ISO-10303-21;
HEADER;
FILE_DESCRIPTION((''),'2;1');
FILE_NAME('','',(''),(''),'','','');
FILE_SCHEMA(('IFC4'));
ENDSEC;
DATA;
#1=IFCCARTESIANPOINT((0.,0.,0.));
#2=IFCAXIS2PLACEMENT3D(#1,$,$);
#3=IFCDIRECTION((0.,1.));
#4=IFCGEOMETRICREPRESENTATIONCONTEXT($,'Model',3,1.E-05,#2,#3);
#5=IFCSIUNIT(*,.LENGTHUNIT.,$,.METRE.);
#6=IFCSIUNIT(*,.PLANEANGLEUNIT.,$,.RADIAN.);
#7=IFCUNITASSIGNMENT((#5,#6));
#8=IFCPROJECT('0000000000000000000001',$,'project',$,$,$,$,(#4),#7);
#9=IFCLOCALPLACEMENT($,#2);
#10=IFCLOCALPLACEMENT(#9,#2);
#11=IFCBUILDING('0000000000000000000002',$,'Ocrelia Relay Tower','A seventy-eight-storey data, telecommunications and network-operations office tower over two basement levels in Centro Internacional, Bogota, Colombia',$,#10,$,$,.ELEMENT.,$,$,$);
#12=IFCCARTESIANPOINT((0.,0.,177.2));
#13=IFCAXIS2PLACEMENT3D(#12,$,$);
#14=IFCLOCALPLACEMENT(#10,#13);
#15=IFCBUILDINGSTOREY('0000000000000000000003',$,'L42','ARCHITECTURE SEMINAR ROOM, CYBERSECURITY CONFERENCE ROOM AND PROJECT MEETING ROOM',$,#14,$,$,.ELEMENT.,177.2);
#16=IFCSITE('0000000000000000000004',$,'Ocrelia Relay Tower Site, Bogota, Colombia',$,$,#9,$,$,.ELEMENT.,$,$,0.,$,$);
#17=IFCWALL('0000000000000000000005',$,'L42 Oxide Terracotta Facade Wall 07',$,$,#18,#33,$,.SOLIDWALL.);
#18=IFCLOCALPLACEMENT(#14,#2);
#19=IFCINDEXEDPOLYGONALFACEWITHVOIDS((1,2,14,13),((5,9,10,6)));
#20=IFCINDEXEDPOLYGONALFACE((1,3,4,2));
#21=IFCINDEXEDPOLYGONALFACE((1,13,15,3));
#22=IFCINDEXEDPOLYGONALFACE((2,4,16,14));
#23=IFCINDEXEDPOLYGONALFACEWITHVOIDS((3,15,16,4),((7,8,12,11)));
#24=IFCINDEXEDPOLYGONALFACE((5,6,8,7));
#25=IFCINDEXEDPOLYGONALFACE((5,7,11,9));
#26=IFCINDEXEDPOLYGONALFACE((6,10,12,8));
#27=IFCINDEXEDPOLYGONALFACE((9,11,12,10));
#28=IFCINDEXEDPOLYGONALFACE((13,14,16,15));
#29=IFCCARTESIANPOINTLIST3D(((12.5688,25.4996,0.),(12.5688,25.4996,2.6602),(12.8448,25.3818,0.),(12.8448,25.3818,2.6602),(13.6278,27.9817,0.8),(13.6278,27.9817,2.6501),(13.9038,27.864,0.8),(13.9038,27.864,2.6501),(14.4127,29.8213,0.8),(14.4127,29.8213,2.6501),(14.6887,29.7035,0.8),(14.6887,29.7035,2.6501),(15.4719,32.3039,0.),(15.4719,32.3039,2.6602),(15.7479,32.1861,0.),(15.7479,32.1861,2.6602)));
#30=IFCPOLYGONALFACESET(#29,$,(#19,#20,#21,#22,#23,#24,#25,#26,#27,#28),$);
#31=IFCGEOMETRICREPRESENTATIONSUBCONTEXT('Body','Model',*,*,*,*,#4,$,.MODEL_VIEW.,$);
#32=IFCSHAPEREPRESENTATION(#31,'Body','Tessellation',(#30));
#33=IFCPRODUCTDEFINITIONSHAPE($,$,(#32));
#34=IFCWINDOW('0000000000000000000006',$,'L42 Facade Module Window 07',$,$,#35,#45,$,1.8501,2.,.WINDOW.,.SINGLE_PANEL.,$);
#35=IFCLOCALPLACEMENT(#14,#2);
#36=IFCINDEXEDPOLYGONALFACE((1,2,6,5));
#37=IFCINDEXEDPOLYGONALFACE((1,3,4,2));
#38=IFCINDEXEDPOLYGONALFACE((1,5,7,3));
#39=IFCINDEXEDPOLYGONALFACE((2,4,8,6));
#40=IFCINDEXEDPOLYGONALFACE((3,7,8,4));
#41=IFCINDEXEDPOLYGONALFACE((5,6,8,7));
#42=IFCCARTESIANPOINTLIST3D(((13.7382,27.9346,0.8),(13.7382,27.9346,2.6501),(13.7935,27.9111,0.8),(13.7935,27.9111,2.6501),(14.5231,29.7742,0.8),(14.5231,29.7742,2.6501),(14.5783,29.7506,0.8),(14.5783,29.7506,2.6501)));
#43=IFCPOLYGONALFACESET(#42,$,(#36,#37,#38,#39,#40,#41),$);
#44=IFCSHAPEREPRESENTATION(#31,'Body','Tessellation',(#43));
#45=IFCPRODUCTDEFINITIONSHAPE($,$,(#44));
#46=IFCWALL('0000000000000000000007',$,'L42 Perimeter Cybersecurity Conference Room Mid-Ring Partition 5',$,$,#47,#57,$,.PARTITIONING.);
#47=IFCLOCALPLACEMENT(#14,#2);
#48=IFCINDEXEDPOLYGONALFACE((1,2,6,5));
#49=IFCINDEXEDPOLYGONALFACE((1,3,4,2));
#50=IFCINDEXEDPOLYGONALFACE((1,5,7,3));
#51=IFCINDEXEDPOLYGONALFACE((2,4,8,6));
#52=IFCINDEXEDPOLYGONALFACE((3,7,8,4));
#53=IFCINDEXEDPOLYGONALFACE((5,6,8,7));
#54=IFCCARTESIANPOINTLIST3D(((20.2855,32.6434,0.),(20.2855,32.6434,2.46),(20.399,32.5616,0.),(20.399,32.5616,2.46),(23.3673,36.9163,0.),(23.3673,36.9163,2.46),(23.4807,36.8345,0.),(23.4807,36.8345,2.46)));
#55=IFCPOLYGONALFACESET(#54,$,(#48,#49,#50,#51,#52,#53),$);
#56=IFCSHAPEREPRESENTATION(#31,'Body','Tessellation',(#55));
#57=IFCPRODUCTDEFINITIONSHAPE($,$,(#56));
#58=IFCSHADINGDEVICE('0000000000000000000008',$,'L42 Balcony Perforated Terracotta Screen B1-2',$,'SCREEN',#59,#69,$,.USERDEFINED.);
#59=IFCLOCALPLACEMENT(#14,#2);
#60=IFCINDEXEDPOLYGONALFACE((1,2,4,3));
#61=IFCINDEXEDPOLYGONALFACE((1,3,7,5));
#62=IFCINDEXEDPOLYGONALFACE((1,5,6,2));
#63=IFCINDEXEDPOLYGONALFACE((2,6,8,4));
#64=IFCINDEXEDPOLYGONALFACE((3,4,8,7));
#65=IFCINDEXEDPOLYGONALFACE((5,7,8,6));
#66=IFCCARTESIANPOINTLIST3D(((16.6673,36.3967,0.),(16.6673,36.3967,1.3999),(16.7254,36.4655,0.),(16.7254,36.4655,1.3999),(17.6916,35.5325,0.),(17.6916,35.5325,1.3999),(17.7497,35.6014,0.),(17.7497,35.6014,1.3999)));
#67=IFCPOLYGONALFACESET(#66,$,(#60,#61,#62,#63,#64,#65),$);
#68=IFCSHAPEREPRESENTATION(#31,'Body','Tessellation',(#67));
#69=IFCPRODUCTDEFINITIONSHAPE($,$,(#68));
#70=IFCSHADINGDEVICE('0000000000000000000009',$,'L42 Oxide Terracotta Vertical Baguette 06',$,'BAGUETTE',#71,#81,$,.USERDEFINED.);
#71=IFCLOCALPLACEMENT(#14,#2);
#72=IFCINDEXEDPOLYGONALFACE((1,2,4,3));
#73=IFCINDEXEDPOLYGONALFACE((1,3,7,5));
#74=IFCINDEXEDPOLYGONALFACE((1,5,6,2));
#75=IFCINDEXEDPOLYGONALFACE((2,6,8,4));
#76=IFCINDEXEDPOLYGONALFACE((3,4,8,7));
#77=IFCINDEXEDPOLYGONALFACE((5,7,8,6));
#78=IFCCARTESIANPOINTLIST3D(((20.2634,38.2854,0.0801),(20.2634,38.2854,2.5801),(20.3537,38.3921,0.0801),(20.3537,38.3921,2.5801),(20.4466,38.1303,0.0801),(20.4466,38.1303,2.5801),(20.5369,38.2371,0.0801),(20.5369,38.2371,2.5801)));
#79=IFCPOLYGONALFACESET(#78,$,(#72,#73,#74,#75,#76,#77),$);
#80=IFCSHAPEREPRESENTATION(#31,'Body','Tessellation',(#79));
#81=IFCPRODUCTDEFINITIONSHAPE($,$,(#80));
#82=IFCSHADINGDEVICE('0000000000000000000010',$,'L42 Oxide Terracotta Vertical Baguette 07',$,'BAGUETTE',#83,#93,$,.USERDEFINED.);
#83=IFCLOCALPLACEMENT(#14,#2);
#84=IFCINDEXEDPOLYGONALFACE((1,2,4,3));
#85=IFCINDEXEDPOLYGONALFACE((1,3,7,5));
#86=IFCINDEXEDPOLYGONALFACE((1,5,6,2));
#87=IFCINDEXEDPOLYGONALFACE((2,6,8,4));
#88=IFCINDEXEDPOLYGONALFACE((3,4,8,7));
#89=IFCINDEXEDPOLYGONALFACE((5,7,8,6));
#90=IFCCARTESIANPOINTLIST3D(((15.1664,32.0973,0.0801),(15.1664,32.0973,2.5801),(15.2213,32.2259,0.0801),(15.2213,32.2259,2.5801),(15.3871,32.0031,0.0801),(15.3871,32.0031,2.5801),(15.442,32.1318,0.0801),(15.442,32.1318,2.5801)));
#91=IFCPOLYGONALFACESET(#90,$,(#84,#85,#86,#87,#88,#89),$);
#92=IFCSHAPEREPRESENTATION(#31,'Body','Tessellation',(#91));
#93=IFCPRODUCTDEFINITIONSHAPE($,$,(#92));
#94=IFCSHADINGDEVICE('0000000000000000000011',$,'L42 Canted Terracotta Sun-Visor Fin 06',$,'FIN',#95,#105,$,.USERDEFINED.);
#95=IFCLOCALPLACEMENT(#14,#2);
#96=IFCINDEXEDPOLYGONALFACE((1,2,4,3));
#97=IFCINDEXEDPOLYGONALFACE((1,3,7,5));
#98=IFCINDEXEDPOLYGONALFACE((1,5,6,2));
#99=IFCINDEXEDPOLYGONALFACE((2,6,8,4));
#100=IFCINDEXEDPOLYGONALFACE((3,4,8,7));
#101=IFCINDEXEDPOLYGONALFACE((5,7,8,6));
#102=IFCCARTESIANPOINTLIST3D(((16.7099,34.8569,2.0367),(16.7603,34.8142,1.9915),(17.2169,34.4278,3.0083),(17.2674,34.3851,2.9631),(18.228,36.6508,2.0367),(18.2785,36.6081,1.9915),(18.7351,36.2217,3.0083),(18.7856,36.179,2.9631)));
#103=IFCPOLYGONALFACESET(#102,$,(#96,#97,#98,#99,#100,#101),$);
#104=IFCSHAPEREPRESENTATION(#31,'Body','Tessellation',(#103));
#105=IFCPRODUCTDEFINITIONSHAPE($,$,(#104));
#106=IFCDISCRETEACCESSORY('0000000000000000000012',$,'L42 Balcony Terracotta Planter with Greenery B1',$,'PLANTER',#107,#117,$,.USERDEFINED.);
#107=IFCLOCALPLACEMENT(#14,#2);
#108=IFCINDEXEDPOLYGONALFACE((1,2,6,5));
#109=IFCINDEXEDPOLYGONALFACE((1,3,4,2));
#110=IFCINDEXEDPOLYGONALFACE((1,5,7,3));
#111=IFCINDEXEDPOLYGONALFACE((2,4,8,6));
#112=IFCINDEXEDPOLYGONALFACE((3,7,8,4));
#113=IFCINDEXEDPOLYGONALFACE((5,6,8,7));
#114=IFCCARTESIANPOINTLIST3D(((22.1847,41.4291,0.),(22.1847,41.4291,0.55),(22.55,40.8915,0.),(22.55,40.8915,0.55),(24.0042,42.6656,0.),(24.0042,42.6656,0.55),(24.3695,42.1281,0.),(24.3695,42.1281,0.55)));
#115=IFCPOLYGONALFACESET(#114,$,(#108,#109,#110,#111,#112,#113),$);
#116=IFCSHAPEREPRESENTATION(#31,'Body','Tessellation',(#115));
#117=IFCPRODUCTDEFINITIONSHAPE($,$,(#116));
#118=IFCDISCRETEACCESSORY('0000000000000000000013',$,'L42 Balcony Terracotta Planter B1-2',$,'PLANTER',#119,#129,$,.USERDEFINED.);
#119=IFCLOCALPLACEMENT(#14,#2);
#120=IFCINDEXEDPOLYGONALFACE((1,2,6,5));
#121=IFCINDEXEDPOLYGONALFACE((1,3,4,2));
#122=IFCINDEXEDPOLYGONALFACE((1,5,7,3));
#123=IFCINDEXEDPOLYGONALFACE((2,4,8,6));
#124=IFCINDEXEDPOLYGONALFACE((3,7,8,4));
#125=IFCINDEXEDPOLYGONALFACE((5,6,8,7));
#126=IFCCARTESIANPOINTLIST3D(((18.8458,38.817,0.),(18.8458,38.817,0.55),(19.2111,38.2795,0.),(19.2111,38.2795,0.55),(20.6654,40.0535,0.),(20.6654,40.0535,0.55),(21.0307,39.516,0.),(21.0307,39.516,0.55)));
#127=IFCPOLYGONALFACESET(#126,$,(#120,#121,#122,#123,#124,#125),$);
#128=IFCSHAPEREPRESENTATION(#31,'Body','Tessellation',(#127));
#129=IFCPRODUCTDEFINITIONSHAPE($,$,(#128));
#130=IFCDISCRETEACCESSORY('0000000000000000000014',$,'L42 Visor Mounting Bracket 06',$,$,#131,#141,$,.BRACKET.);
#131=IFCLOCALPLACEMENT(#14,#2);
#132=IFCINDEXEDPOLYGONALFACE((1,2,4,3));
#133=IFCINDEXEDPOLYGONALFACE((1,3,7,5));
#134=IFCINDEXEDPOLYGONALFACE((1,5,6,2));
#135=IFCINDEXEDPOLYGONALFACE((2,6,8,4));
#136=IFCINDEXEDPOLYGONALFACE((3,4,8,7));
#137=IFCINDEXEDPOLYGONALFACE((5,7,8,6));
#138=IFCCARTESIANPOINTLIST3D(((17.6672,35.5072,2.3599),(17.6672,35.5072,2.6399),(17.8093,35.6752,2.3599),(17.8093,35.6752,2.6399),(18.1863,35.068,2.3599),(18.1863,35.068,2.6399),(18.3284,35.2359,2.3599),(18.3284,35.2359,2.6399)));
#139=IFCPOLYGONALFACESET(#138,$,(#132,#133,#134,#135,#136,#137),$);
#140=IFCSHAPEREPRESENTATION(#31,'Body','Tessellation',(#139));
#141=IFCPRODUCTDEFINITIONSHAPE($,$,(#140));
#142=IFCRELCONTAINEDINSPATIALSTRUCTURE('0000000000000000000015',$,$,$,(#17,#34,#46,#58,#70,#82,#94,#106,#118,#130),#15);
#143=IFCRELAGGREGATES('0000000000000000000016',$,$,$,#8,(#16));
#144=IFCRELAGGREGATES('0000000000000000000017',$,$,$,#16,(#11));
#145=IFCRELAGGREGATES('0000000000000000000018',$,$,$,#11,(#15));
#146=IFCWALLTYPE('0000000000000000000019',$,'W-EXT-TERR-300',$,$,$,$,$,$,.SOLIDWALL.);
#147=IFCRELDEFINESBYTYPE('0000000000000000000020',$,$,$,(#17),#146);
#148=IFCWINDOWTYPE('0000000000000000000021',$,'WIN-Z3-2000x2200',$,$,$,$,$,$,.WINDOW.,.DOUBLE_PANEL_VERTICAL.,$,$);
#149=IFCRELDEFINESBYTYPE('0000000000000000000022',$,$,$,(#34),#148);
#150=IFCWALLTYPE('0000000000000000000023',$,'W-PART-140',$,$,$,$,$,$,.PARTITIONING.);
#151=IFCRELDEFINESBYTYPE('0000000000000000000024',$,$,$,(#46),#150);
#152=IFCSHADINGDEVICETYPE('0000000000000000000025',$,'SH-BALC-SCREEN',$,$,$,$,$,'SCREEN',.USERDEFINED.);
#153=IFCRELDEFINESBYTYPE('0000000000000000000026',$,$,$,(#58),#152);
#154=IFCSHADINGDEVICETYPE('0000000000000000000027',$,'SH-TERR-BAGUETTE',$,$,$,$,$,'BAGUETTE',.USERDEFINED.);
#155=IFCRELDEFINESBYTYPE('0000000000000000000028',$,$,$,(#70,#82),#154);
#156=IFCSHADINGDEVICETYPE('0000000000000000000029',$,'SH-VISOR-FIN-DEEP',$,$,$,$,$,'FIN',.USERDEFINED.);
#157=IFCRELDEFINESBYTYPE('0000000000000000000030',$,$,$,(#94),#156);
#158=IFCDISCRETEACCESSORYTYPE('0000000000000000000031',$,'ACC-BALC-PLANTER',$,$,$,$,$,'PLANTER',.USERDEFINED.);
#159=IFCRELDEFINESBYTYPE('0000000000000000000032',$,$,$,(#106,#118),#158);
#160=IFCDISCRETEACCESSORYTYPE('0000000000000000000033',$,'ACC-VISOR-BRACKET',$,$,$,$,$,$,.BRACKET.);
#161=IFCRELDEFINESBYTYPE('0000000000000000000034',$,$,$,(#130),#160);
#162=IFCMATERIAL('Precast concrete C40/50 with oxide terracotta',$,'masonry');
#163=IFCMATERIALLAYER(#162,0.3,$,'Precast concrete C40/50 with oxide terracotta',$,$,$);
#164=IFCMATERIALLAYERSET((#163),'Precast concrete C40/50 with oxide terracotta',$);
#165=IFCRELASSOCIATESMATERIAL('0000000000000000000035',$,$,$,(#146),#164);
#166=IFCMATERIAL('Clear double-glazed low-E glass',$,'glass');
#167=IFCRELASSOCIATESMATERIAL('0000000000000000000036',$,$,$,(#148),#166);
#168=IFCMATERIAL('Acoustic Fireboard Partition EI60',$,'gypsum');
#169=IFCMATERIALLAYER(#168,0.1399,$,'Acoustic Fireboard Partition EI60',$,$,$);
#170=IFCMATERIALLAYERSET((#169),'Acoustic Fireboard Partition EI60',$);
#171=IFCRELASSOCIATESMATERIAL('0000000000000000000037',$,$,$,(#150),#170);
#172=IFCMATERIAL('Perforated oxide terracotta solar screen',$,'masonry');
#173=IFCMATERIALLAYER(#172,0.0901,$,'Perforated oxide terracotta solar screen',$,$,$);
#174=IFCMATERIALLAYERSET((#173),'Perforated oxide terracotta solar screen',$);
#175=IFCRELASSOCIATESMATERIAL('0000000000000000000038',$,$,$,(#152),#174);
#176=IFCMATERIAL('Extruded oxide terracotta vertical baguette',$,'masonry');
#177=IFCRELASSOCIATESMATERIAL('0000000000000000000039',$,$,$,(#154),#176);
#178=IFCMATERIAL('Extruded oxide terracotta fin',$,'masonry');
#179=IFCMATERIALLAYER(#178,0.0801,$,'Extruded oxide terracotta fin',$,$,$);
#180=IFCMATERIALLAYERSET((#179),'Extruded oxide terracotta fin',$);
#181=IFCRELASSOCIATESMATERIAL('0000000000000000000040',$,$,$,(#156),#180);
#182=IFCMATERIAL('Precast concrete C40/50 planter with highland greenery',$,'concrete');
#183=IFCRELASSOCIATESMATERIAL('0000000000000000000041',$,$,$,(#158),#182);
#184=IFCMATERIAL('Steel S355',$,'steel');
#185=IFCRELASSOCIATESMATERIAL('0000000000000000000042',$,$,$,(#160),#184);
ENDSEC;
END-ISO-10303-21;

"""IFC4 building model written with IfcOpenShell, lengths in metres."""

from ifc_helpers import new_model, si_unit, direction, frame, frame_2d, origin, origin_2d, place, context, subcontext, project, spatial, rectangle, extrude, material, layer, layer_set, type_object, element, fill, save


model = new_model("IFC4")

# Units and contexts
model_context = context("Model", 3, precision=1e-05, world=origin(), true_north=direction((0.0, 1.0)))
body_context = subcontext(model_context, "Body", "Model", "MODEL_VIEW")
ifc_project = project(units=[si_unit("LENGTHUNIT", "METRE"), si_unit("PLANEANGLEUNIT", "RADIAN")], contexts=[model_context])

# Site, building, storey
site_placement = place(None, origin())
site = spatial("IfcSite", under=ifc_project, at=site_placement, Name="Ocrelia Relay Tower Site, Bogota, Colombia", CompositionType="ELEMENT", RefElevation=0.0)
building_placement = place(site_placement, origin())
building = spatial("IfcBuilding", under=site, at=building_placement, Name="Ocrelia Relay Tower", Description="A seventy-eight-storey data, telecommunications and network-operations office tower over two basement levels in Centro Internacional, Bogota, Colombia", CompositionType="ELEMENT")
storey_placement = place(building_placement, frame((0.0, 0.0, 177.2)))
storey = spatial("IfcBuildingStorey", under=building, at=storey_placement, Name="L42", Description="ARCHITECTURE SEMINAR ROOM, CYBERSECURITY CONFERENCE ROOM AND PROJECT MEETING ROOM", CompositionType="ELEMENT", Elevation=177.2)

# Shared definitions
ifc_material_1 = material(Name="Steel S355", Category="steel")

# Wall, opening, window
ifc_material_2 = material(Name="Precast concrete C40/50 with oxide terracotta", Category="masonry")
ifc_layer_1 = layer(ifc_material_2, 0.3, Name="Precast concrete C40/50 with oxide terracotta")
ifc_layer_set_1 = layer_set([ifc_layer_1], Name="Precast concrete C40/50 with oxide terracotta")
wall_type_1 = type_object("IfcWallType", Name="W-EXT-TERR-300", PredefinedType="SOLIDWALL", material=ifc_layer_set_1)
ifc_material_3 = material(Name="Clear double-glazed low-E glass", Category="glass")
window_type = type_object("IfcWindowType", Name="WIN-Z3-2000x2200", PartitioningType="DOUBLE_PANEL_VERTICAL", PredefinedType="WINDOW", material=ifc_material_3)
wall_1_placement = place(storey_placement, frame((15.6099, 32.2449, 0.0), z_axis=(0.0, 0.0, 1.0), x_axis=(-0.392433, -0.919781, 0.0)))
wall_1 = element("IfcWall", 1, at=wall_1_placement, inside=storey, type_object=wall_type_1, Name="L42 Oxide Terracotta Facade Wall 07", PredefinedType="SOLIDWALL", context=body_context, shape_type="SweptSolid", body=[
    extrude(rectangle(XDim=7.3977, YDim=0.3, at=frame_2d((3.6987, 0.0))), origin(), (0.0, 0.0, 1.0), 2.6602),
])
opening_1_placement = place(wall_1_placement, frame((2.699, 0.0, 0.8)))
opening_1 = element("IfcOpeningElement", 2, at=opening_1_placement, cuts=wall_1, PredefinedType="OPENING", context=body_context, shape_type="SweptSolid", body=[
    extrude(rectangle(XDim=2.0, YDim=1.8501, at=frame_2d((1.0, 0.925))), frame((0.0, 0.1602, 0.0), z_axis=(0.0, -1.0, 0.0), x_axis=(1.0, 0.0, 0.0)), (0.0, 0.0, 1.0), 0.3201),
])
window_1_placement = place(opening_1_placement, origin())
window_1 = element("IfcWindow", 3, at=window_1_placement, inside=storey, type_object=window_type, Name="L42 Facade Module Window 07", OverallHeight=1.8501, OverallWidth=2.0, PartitioningType="SINGLE_PANEL", PredefinedType="WINDOW", context=body_context, shape_type="SweptSolid", body=[
    extrude(rectangle(XDim=2.0, YDim=1.8501, at=frame_2d((1.0, 0.925))), frame((0.0, 0.03, 0.0), z_axis=(0.0, -1.0, 0.0), x_axis=(1.0, 0.0, 0.0)), (0.0, 0.0, 1.0), 0.0601),
])
fill(opening_1, window_1)

# Wall
ifc_material_4 = material(Name="Acoustic Fireboard Partition EI60", Category="gypsum")
ifc_layer_2 = layer(ifc_material_4, 0.1399, Name="Acoustic Fireboard Partition EI60")
ifc_layer_set_2 = layer_set([ifc_layer_2], Name="Acoustic Fireboard Partition EI60")
wall_type_2 = type_object("IfcWallType", Name="W-PART-140", PredefinedType="PARTITIONING", material=ifc_layer_set_2)
wall_2_placement = place(storey_placement, frame((23.4241, 36.8755, 0.0), z_axis=(0.0, 0.0, 1.0), x_axis=(-0.584963, -0.81106, 0.0)))
element("IfcWall", 4, at=wall_2_placement, inside=storey, type_object=wall_type_2, Name="L42 Perimeter Cybersecurity Conference Room Mid-Ring Partition 5", PredefinedType="PARTITIONING", context=body_context, shape_type="SweptSolid", body=[
    extrude(rectangle(XDim=5.2683, YDim=0.1399, at=frame_2d((2.6343, 0.0))), origin(), (0.0, 0.0, 1.0), 2.46),
])

# Shading devices
ifc_material_5 = material(Name="Perforated oxide terracotta solar screen", Category="masonry")
ifc_layer_3 = layer(ifc_material_5, 0.0901, Name="Perforated oxide terracotta solar screen")
ifc_layer_set_3 = layer_set([ifc_layer_3], Name="Perforated oxide terracotta solar screen")
shading_device_type_1 = type_object("IfcShadingDeviceType", Name="SH-BALC-SCREEN", ElementType="SCREEN", PredefinedType="USERDEFINED", material=ifc_layer_set_3)
shading_device_1_placement = place(storey_placement, frame((17.2085, 35.999, 0.0), z_axis=(0.0, 0.0, 1.0), x_axis=(-0.764289, 0.644874, 0.0)))
element("IfcShadingDevice", 5, at=shading_device_1_placement, inside=storey, type_object=shading_device_type_1, Name="L42 Balcony Perforated Terracotta Screen B1-2", ObjectType="SCREEN", PredefinedType="USERDEFINED", context=body_context, shape_type="SweptSolid", body=[
    extrude(rectangle(XDim=1.3401, YDim=0.0901, at=origin_2d()), origin(), (0.0, 0.0, 1.0), 1.3999),
])
ifc_material_6 = material(Name="Extruded oxide terracotta vertical baguette", Category="masonry")
shading_device_type_2 = type_object("IfcShadingDeviceType", Name="SH-TERR-BAGUETTE", ElementType="BAGUETTE", PredefinedType="USERDEFINED", material=ifc_material_6)
for number, where, z_axis, x_axis, name in (
    (6, (20.4001, 38.2612, 0.0801), (0.0, 0.0, 1.0), (-0.64601, -0.763329, 0.0), "L42 Oxide Terracotta Vertical Baguette 06"),
    (7, (15.3042, 32.1145, 0.0801), (0.0, 0.0, 1.0), (-0.392413, -0.919789, 0.0), "L42 Oxide Terracotta Vertical Baguette 07"),
):
    element("IfcShadingDevice", number, at=place(storey_placement, frame(where, z_axis=z_axis, x_axis=x_axis)), inside=storey, type_object=shading_device_type_2, Name=name, ObjectType="BAGUETTE", PredefinedType="USERDEFINED", context=body_context, shape_type="SweptSolid", body=[
        extrude(rectangle(XDim=0.1399, YDim=0.24, at=origin_2d()), origin(), (0.0, 0.0, 1.0), 2.5),
    ])
ifc_material_7 = material(Name="Extruded oxide terracotta fin", Category="masonry")
ifc_layer_4 = layer(ifc_material_7, 0.0801, Name="Extruded oxide terracotta fin")
ifc_layer_set_4 = layer_set([ifc_layer_4], Name="Extruded oxide terracotta fin")
shading_device_type_3 = type_object("IfcShadingDeviceType", Name="SH-VISOR-FIN-DEEP", ElementType="FIN", PredefinedType="USERDEFINED", material=ifc_layer_set_4)
shading_device_2_placement = place(storey_placement, frame((17.7729, 35.4966, 2.4773), z_axis=(-0.630134, 0.533286, 0.564391), x_axis=(-0.64601, -0.763329, 0.0)))
element("IfcShadingDevice", 8, at=shading_device_2_placement, inside=storey, type_object=shading_device_type_3, Name="L42 Canted Terracotta Sun-Visor Fin 06", ObjectType="FIN", PredefinedType="USERDEFINED", context=body_context, shape_type="SweptSolid", body=[
    extrude(rectangle(XDim=2.3501, YDim=1.177, at=origin_2d()), origin(), (0.0, 0.0, 1.0), 0.0801),
])

# Discrete accessories
ifc_material_8 = material(Name="Precast concrete C40/50 planter with highland greenery", Category="concrete")
discrete_accessory_type_1 = type_object("IfcDiscreteAccessoryType", Name="ACC-BALC-PLANTER", ElementType="PLANTER", PredefinedType="USERDEFINED", material=ifc_material_8)
for number, where, z_axis, x_axis, name in (
    (9, (23.2771, 41.7786, 0.0), (0.0, 0.0, 1.0), (0.827082, 0.562081, 0.0), "L42 Balcony Terracotta Planter with Greenery B1"),
    (10, (19.9382, 39.1665, 0.0), (0.0, 0.0, 1.0), (0.827082, 0.562081, 0.0), "L42 Balcony Terracotta Planter B1-2"),
):
    element("IfcDiscreteAccessory", number, at=place(storey_placement, frame(where, z_axis=z_axis, x_axis=x_axis)), inside=storey, type_object=discrete_accessory_type_1, Name=name, ObjectType="PLANTER", PredefinedType="USERDEFINED", context=body_context, shape_type="SweptSolid", body=[
        extrude(rectangle(XDim=2.2, YDim=0.6499, at=origin_2d()), origin(), (0.0, 0.0, 1.0), 0.55),
    ])
discrete_accessory_type_2 = type_object("IfcDiscreteAccessoryType", Name="ACC-VISOR-BRACKET", PredefinedType="BRACKET", material=ifc_material_1)
discrete_accessory_placement = place(storey_placement, frame((17.9978, 35.3716, 2.3599), z_axis=(0.0, 0.0, 1.0), x_axis=(-0.64601, -0.763329, 0.0)))
element("IfcDiscreteAccessory", 11, at=discrete_accessory_placement, inside=storey, type_object=discrete_accessory_type_2, Name="L42 Visor Mounting Bracket 06", PredefinedType="BRACKET", context=body_context, shape_type="SweptSolid", body=[
    extrude(rectangle(XDim=0.22, YDim=0.6799, at=origin_2d()), origin(), (0.0, 0.0, 1.0), 0.28),
])

save(model, "model.ifc")
